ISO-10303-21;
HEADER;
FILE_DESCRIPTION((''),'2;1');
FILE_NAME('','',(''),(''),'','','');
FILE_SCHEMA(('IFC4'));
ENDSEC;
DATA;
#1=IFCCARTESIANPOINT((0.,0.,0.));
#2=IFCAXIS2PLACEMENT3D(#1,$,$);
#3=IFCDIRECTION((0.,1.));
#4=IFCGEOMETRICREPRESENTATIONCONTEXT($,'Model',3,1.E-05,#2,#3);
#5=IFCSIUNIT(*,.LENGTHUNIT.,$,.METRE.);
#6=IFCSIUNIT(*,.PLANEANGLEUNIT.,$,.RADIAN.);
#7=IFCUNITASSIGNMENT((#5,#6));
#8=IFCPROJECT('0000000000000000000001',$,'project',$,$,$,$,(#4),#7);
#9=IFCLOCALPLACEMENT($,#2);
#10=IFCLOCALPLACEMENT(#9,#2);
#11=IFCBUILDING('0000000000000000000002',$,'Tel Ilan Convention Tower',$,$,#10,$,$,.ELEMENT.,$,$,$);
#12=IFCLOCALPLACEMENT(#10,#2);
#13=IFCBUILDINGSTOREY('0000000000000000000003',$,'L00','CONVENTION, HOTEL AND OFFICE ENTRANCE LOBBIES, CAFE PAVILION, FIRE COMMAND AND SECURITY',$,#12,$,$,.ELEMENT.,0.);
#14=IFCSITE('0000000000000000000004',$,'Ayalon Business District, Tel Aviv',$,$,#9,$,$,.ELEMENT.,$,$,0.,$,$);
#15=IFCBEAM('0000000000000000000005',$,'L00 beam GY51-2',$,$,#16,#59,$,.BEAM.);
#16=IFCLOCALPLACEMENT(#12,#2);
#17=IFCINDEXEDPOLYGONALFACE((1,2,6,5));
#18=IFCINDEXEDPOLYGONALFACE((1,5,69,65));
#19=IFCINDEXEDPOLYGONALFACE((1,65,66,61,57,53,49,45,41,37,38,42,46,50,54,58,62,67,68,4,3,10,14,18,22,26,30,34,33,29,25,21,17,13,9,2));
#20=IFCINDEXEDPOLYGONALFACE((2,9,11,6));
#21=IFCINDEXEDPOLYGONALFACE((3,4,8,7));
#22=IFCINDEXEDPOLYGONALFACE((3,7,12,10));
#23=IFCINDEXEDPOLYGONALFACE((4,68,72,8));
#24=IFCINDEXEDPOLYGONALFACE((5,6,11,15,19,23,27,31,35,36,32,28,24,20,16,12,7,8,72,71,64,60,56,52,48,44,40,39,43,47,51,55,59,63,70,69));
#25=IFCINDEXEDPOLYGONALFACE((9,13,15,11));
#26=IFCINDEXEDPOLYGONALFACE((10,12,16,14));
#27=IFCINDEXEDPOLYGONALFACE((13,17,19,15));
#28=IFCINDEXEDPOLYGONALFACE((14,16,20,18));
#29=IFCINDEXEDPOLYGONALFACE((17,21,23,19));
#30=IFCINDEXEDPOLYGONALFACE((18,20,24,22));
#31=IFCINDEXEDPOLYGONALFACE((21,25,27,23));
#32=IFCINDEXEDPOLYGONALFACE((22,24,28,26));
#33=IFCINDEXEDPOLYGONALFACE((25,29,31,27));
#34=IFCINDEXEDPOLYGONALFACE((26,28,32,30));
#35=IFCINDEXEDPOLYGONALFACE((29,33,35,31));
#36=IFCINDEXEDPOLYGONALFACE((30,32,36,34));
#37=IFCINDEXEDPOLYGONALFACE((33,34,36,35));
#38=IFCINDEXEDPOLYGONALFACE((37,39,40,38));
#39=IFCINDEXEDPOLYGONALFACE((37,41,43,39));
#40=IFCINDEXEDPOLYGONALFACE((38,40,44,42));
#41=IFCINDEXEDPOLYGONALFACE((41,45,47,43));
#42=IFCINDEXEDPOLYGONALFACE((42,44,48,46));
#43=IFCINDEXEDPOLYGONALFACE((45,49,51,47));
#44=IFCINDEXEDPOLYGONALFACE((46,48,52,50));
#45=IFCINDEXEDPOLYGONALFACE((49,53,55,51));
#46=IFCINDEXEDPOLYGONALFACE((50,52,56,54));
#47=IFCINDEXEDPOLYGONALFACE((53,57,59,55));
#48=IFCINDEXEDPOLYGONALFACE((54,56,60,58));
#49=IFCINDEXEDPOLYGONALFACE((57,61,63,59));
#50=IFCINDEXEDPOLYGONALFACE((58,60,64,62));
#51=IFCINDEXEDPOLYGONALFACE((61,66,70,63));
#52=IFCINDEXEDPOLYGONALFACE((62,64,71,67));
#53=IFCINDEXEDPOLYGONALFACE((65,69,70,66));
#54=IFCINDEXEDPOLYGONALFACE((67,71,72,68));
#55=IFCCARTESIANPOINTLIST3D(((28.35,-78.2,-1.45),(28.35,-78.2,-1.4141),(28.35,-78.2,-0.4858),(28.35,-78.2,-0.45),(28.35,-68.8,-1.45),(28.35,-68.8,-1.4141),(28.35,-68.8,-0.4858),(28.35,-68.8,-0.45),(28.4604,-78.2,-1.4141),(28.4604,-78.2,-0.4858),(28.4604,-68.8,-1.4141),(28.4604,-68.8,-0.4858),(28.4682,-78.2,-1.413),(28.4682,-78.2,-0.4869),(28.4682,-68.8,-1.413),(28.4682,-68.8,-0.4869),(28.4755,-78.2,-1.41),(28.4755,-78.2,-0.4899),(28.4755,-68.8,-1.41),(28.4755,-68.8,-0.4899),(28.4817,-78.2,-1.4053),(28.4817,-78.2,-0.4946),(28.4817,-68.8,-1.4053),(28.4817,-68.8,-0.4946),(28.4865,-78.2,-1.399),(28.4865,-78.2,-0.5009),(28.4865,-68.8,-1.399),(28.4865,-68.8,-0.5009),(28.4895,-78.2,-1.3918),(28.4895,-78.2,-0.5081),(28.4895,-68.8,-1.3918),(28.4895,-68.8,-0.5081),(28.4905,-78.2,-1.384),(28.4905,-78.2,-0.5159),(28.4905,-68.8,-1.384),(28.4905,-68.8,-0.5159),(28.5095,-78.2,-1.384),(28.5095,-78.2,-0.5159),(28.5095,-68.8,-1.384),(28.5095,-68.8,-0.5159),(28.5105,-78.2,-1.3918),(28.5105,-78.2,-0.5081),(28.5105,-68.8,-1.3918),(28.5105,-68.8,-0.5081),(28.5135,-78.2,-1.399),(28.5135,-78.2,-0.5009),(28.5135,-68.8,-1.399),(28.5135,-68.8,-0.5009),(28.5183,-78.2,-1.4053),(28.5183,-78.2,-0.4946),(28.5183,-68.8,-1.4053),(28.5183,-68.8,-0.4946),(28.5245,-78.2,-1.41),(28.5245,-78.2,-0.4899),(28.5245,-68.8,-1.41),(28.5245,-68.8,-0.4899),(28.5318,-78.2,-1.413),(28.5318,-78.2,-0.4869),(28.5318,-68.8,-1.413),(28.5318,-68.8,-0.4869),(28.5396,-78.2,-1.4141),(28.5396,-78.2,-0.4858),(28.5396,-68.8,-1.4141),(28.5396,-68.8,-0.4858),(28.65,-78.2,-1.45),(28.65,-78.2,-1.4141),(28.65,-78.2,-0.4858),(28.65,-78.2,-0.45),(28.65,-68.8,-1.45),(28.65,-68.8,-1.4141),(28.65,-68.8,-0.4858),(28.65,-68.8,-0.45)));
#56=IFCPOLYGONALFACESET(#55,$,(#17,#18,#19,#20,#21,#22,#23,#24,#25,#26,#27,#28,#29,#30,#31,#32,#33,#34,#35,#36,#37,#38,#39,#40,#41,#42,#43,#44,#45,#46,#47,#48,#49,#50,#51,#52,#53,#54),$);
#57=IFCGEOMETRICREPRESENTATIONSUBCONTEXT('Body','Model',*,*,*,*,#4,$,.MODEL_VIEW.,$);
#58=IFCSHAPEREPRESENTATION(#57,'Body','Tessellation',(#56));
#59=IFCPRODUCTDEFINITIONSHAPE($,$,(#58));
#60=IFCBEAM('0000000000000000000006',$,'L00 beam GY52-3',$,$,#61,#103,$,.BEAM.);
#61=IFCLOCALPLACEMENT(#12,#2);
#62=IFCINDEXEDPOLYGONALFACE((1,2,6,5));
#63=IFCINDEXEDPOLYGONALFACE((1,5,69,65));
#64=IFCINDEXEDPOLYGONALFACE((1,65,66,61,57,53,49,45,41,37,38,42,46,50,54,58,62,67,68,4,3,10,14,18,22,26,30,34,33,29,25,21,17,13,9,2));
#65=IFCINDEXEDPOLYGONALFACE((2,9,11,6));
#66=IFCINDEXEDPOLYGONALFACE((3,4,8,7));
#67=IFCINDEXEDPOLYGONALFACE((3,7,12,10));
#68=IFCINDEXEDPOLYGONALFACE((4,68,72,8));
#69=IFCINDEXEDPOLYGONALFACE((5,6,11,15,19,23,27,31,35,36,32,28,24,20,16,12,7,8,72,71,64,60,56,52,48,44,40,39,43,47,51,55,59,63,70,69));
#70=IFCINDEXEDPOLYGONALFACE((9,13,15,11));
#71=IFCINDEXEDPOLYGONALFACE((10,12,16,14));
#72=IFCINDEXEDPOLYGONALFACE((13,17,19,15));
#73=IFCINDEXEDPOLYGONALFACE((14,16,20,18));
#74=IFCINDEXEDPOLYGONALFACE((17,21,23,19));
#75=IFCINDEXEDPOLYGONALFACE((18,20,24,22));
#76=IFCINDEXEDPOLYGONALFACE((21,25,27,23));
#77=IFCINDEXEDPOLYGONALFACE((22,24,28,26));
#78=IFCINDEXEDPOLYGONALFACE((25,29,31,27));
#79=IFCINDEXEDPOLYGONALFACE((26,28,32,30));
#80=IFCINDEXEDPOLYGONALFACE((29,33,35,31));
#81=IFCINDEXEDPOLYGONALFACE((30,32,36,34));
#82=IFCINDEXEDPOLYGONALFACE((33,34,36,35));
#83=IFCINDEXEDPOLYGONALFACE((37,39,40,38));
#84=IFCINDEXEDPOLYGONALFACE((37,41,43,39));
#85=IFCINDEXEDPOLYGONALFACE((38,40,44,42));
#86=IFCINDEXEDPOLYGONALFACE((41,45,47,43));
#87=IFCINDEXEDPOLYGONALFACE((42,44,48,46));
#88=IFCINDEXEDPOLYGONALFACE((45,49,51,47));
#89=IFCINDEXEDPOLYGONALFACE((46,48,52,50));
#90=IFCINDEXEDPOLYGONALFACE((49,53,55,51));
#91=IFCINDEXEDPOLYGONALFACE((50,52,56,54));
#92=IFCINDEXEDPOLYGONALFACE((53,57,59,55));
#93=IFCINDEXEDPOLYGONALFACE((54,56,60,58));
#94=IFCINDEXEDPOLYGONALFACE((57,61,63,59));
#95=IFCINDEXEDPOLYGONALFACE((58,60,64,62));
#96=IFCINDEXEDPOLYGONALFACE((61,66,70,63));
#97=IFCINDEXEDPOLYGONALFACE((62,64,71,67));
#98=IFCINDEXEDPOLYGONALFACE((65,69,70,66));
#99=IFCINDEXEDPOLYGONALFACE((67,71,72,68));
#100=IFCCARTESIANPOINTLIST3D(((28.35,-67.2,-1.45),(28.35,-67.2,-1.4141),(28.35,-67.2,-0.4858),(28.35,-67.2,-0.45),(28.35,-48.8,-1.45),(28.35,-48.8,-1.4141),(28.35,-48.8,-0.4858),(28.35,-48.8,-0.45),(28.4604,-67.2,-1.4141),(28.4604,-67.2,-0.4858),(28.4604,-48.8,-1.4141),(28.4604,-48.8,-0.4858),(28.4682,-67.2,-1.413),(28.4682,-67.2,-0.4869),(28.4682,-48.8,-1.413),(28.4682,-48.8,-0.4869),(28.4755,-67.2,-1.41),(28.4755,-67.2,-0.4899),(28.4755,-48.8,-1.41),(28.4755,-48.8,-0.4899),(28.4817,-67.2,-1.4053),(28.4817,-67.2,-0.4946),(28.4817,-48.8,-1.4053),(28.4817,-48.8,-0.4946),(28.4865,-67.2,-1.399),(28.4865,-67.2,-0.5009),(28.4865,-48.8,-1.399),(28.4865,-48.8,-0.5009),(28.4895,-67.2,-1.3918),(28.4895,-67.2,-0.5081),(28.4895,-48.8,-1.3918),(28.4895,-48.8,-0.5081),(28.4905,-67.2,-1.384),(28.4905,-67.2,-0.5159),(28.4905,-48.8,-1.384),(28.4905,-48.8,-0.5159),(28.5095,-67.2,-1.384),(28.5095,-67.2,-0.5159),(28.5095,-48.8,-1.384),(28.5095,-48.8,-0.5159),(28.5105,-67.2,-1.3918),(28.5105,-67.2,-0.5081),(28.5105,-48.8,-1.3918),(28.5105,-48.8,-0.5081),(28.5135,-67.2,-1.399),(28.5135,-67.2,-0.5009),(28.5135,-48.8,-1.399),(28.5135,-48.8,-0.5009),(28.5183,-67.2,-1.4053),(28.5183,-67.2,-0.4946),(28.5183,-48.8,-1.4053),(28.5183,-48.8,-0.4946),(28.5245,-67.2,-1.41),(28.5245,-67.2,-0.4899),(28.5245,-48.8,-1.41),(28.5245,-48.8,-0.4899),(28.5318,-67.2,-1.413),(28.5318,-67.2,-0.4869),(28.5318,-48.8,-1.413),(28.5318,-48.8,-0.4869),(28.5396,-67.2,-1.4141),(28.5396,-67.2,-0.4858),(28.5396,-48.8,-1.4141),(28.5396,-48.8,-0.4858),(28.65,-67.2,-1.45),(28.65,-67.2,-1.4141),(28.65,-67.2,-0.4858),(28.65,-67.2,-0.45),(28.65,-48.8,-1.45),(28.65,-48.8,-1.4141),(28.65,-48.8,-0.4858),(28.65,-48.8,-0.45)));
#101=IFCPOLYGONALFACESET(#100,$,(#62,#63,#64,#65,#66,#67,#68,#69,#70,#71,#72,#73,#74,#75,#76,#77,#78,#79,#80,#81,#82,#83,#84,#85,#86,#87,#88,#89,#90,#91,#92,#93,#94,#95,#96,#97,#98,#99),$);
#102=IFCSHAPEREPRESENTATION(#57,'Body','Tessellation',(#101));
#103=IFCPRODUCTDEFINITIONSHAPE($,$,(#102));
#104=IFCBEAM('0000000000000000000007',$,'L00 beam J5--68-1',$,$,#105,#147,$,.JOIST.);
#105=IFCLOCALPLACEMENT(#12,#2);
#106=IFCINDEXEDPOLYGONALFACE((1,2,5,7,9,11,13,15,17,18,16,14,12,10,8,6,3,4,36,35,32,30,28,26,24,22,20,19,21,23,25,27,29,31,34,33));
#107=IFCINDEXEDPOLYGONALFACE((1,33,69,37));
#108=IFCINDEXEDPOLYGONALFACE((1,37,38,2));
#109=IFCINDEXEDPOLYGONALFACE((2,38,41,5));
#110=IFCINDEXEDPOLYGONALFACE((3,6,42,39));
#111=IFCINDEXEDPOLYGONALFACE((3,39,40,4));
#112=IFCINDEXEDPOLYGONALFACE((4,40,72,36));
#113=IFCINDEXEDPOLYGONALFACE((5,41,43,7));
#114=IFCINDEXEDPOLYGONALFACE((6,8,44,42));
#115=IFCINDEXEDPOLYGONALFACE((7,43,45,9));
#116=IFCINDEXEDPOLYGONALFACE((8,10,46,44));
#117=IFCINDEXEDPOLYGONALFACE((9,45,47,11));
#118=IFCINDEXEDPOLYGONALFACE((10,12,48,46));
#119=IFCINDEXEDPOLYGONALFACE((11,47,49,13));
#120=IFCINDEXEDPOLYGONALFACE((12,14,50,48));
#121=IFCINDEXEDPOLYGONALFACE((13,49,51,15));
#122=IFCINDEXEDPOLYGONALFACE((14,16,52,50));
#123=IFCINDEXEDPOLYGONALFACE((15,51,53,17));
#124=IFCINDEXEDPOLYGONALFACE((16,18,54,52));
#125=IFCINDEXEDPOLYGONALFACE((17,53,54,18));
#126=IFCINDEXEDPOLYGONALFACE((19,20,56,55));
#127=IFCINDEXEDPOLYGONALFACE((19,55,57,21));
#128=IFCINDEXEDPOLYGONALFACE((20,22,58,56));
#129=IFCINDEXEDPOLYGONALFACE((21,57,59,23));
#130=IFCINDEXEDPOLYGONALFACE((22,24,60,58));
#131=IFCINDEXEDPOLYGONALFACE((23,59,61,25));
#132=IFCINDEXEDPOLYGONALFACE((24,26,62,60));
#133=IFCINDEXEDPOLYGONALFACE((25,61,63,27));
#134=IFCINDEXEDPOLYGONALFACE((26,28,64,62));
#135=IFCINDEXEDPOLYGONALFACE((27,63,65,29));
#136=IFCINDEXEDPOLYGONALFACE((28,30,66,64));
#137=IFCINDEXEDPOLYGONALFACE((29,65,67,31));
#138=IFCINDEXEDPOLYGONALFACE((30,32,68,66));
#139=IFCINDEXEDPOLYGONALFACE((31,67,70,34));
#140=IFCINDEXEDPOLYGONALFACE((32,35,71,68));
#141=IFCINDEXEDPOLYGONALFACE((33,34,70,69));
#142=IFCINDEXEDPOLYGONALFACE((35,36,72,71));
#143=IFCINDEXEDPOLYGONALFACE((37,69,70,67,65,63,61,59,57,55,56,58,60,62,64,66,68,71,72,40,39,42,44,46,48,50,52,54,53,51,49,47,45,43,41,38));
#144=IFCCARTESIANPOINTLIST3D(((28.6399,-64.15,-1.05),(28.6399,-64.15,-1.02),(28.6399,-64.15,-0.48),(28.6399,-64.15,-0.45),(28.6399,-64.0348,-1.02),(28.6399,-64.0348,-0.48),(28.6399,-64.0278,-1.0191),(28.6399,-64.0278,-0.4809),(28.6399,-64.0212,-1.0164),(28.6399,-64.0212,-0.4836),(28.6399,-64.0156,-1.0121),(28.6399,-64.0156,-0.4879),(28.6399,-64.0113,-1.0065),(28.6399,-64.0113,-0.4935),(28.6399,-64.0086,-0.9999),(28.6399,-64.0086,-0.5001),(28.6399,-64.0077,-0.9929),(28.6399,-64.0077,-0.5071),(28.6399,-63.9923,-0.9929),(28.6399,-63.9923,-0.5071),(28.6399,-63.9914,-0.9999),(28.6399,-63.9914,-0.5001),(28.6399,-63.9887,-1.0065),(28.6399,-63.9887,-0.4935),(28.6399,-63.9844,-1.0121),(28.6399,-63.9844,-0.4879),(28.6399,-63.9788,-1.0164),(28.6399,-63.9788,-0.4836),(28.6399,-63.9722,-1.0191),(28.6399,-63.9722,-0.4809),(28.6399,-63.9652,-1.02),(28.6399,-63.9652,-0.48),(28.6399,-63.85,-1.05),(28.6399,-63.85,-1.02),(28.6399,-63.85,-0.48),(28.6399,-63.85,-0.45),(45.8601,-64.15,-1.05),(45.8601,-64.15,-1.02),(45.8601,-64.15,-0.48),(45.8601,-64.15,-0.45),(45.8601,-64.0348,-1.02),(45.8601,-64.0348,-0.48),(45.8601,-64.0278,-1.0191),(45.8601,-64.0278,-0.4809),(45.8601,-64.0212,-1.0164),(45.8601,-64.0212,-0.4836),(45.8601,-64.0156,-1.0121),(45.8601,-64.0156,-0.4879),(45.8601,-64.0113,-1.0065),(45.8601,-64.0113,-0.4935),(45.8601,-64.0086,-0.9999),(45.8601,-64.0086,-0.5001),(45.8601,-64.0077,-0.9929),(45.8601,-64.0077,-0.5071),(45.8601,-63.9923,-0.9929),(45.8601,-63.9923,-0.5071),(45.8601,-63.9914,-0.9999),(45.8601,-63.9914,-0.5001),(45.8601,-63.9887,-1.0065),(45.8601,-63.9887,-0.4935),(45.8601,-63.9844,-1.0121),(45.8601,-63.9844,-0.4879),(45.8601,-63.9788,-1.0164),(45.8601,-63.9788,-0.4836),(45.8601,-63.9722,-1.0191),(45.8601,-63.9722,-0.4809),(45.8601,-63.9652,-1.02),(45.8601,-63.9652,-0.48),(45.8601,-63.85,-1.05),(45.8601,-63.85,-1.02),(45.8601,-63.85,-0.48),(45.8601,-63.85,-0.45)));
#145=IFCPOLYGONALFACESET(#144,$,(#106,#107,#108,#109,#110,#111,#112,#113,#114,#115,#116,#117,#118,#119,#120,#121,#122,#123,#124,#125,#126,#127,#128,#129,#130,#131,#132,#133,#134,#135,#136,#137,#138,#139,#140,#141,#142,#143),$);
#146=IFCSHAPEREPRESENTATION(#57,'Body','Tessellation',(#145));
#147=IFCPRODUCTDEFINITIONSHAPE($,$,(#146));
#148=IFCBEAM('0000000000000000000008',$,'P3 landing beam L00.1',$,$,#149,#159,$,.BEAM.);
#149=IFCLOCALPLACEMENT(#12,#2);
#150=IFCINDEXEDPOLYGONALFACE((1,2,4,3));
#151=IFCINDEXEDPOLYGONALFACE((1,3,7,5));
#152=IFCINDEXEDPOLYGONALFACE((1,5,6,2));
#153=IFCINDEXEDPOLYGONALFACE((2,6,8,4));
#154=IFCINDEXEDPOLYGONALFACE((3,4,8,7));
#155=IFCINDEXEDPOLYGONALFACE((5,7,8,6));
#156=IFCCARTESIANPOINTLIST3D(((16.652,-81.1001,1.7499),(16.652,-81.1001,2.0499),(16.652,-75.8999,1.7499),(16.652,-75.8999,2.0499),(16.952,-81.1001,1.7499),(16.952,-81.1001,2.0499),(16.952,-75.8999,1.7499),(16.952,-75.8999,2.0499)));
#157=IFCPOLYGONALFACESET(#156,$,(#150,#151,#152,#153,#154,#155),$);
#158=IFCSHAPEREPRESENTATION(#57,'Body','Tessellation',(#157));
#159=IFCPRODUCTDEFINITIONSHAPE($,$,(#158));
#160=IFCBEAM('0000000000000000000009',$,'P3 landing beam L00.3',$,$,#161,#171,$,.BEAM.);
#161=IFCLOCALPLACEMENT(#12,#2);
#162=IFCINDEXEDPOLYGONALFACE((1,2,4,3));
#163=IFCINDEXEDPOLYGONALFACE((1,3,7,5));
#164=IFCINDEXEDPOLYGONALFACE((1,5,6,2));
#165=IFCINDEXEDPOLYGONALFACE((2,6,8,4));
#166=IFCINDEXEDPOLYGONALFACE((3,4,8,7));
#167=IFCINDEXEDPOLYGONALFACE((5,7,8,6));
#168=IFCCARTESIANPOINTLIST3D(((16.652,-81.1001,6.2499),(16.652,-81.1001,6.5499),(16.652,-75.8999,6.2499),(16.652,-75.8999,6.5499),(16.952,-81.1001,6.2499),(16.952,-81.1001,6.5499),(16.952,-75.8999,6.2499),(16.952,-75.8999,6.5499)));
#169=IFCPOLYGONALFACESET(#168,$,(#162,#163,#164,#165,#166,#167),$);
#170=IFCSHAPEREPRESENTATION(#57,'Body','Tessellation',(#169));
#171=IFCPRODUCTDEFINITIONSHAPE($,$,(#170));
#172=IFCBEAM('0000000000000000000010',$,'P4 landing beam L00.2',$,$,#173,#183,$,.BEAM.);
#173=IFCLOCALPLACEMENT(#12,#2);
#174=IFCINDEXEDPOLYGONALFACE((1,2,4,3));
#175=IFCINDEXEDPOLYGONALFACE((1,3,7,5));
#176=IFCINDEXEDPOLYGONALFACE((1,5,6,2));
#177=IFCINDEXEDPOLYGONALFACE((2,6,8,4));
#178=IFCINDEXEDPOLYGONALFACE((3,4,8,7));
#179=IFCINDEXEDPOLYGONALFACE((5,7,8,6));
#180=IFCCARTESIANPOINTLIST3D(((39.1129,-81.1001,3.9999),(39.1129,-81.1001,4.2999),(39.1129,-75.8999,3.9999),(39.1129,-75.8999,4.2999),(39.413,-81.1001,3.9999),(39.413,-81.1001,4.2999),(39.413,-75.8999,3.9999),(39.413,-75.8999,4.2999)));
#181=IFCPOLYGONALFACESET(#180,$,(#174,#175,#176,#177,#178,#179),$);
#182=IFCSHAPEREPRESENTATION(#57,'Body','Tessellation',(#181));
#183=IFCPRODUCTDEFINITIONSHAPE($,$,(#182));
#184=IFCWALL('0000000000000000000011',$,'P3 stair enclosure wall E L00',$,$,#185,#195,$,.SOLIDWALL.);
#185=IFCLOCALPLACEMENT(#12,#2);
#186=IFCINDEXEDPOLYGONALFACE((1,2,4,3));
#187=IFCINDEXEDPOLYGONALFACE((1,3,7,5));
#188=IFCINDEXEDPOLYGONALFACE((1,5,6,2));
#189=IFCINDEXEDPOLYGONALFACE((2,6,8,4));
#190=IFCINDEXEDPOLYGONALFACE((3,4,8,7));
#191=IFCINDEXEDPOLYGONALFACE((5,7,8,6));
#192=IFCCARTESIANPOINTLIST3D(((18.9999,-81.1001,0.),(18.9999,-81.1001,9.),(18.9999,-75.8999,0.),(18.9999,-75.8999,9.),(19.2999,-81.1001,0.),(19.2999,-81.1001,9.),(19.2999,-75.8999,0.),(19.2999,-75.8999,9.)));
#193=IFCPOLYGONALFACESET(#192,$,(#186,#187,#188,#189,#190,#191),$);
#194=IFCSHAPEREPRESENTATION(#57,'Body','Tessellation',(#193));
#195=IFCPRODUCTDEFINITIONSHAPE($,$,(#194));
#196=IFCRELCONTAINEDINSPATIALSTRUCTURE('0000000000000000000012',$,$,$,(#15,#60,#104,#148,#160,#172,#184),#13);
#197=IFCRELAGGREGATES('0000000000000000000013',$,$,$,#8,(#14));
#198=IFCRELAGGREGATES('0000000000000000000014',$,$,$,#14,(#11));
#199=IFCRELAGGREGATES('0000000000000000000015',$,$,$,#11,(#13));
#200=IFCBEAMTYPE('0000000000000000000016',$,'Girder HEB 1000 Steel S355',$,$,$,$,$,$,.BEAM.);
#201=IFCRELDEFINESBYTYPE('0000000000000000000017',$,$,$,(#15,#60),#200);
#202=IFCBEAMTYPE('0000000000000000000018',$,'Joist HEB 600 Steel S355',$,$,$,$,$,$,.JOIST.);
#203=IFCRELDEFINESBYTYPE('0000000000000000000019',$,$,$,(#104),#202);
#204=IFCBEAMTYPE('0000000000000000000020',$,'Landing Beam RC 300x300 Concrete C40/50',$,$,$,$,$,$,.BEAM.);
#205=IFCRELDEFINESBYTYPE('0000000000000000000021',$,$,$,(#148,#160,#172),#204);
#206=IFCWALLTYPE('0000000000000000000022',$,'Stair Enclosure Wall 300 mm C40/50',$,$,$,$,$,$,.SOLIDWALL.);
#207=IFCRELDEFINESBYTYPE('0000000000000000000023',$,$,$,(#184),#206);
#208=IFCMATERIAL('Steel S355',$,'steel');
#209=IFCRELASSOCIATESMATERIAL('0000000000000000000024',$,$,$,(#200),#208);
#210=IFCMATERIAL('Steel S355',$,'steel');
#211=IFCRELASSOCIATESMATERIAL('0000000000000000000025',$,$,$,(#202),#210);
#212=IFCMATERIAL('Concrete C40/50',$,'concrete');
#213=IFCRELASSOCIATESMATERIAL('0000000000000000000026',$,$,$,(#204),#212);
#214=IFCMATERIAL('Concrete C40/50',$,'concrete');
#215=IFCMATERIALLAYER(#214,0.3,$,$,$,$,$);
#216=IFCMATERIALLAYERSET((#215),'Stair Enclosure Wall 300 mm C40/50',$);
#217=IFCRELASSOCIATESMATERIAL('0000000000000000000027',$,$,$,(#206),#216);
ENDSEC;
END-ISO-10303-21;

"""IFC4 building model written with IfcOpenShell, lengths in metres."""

from ifc_helpers import new_model, si_unit, direction, frame, frame_2d, origin, origin_2d, place, context, subcontext, project, spatial, rectangle, i_section, extrude, material, layer, layer_set, material_profile, profile_set, type_object, element, save


model = new_model("IFC4")

# Units and contexts
model_context = context("Model", 3, precision=1e-05, world=origin(), true_north=direction((0.0, 1.0)))
body_context = subcontext(model_context, "Body", "Model", "MODEL_VIEW")
ifc_project = project(units=[si_unit("LENGTHUNIT", "METRE"), si_unit("PLANEANGLEUNIT", "RADIAN")], contexts=[model_context])

# Site, building, storey
site_placement = place(None, origin())
site = spatial("IfcSite", under=ifc_project, at=site_placement, Name="Ayalon Business District, Tel Aviv", CompositionType="ELEMENT", RefElevation=0.0)
building_placement = place(site_placement, origin())
building = spatial("IfcBuilding", under=site, at=building_placement, Name="Tel Ilan Convention Tower", CompositionType="ELEMENT")
storey_placement = place(building_placement, origin())
storey = spatial("IfcBuildingStorey", under=building, at=storey_placement, Name="L00", Description="CONVENTION, HOTEL AND OFFICE ENTRANCE LOBBIES, CAFE PAVILION, FIRE COMMAND AND SECURITY", CompositionType="ELEMENT", Elevation=0.0)

# Beams
ifc_material_1 = material(Name="Steel S355", Category="steel")
ifc_material_profile_1 = material_profile(ifc_material_1, i_section(OverallWidth=0.3, OverallDepth=1.0, WebThickness=0.019, FlangeThickness=0.0359, FilletRadius=0.03, at=origin_2d()), Name="HEB 1000")
ifc_profile_set_1 = profile_set([ifc_material_profile_1], Name="Steel S355")
beam_type_1 = type_object("IfcBeamType", Name="Girder HEB 1000 Steel S355", PredefinedType="BEAM", material=ifc_profile_set_1)
beam_1_placement = place(storey_placement, frame((28.5, -78.2, -0.95), z_axis=(0.0, 1.0, 0.0), x_axis=(-1.0, 0.0, 0.0)))
element("IfcBeam", 1, at=beam_1_placement, inside=storey, type_object=beam_type_1, Name="L00 beam GY51-2", PredefinedType="BEAM", context=body_context, shape_type="SweptSolid", body=[
    extrude(i_section(OverallWidth=0.3, OverallDepth=1.0, WebThickness=0.019, FlangeThickness=0.0359, FilletRadius=0.03, at=origin_2d()), origin(), (0.0, 0.0, 1.0), 9.3999),
])
beam_2_placement = place(storey_placement, frame((28.5, -67.2, -0.95), z_axis=(0.0, 1.0, 0.0), x_axis=(-1.0, 0.0, 0.0)))
element("IfcBeam", 2, at=beam_2_placement, inside=storey, type_object=beam_type_1, Name="L00 beam GY52-3", PredefinedType="BEAM", context=body_context, shape_type="SweptSolid", body=[
    extrude(i_section(OverallWidth=0.3, OverallDepth=1.0, WebThickness=0.019, FlangeThickness=0.0359, FilletRadius=0.03, at=origin_2d()), origin(), (0.0, 0.0, 1.0), 18.3999),
])
ifc_material_2 = material(Name="Steel S355", Category="steel")
ifc_material_profile_2 = material_profile(ifc_material_2, i_section(OverallWidth=0.3, OverallDepth=0.6001, WebThickness=0.0154, FlangeThickness=0.03, FilletRadius=0.0271, at=origin_2d()), Name="HEB 600")
ifc_profile_set_2 = profile_set([ifc_material_profile_2], Name="Steel S355")
beam_type_2 = type_object("IfcBeamType", Name="Joist HEB 600 Steel S355", PredefinedType="JOIST", material=ifc_profile_set_2)
beam_3_placement = place(storey_placement, frame((28.6399, -64.0, -0.75), z_axis=(1.0, 0.0, 0.0), x_axis=(0.0, 1.0, 0.0)))
element("IfcBeam", 3, at=beam_3_placement, inside=storey, type_object=beam_type_2, Name="L00 beam J5--68-1", PredefinedType="JOIST", context=body_context, shape_type="SweptSolid", body=[
    extrude(i_section(OverallWidth=0.3, OverallDepth=0.6001, WebThickness=0.0154, FlangeThickness=0.03, FilletRadius=0.0271, at=origin_2d()), origin(), (0.0, 0.0, 1.0), 17.2202),
])
ifc_material_3 = material(Name="Concrete C40/50", Category="concrete")
ifc_material_profile_3 = material_profile(ifc_material_3, rectangle(XDim=0.3, YDim=0.3, at=origin_2d()), Name="RC 300x300")
ifc_profile_set_3 = profile_set([ifc_material_profile_3], Name="Concrete C40/50")
beam_type_3 = type_object("IfcBeamType", Name="Landing Beam RC 300x300 Concrete C40/50", PredefinedType="BEAM", material=ifc_profile_set_3)
for number, where, z_axis, x_axis, name in (
    (4, (16.802, -81.1001, 1.8999), (0.0, 1.0, 0.0), (-1.0, 0.0, 0.0), "P3 landing beam L00.1"),
    (5, (16.802, -81.1001, 6.3999), (0.0, 1.0, 0.0), (-1.0, 0.0, 0.0), "P3 landing beam L00.3"),
    (6, (39.2629, -81.1001, 4.1499), (0.0, 1.0, 0.0), (-1.0, 0.0, 0.0), "P4 landing beam L00.2"),
):
    element("IfcBeam", number, at=place(storey_placement, frame(where, z_axis=z_axis, x_axis=x_axis)), inside=storey, type_object=beam_type_3, Name=name, PredefinedType="BEAM", context=body_context, shape_type="SweptSolid", body=[
        extrude(rectangle(XDim=0.3, YDim=0.3, at=origin_2d()), origin(), (0.0, 0.0, 1.0), 5.2002),
    ])

# Wall
ifc_material_4 = material(Name="Concrete C40/50", Category="concrete")
ifc_layer = layer(ifc_material_4, 0.3)
ifc_layer_set = layer_set([ifc_layer], Name="Stair Enclosure Wall 300 mm C40/50")
wall_type = type_object("IfcWallType", Name="Stair Enclosure Wall 300 mm C40/50", PredefinedType="SOLIDWALL", material=ifc_layer_set)
wall_1_placement = place(storey_placement, frame((19.1499, -81.1001, 0.0), z_axis=(0.0, 0.0, 1.0), x_axis=(0.0, 1.0, 0.0)))
element("IfcWall", 7, at=wall_1_placement, inside=storey, type_object=wall_type, Name="P3 stair enclosure wall E L00", PredefinedType="SOLIDWALL", context=body_context, shape_type="SweptSolid", body=[
    extrude(rectangle(XDim=5.2002, YDim=0.3, at=frame_2d((2.6001, 0.0))), origin(), (0.0, 0.0, 1.0), 9.0),
])

save(model, "model.ifc")
